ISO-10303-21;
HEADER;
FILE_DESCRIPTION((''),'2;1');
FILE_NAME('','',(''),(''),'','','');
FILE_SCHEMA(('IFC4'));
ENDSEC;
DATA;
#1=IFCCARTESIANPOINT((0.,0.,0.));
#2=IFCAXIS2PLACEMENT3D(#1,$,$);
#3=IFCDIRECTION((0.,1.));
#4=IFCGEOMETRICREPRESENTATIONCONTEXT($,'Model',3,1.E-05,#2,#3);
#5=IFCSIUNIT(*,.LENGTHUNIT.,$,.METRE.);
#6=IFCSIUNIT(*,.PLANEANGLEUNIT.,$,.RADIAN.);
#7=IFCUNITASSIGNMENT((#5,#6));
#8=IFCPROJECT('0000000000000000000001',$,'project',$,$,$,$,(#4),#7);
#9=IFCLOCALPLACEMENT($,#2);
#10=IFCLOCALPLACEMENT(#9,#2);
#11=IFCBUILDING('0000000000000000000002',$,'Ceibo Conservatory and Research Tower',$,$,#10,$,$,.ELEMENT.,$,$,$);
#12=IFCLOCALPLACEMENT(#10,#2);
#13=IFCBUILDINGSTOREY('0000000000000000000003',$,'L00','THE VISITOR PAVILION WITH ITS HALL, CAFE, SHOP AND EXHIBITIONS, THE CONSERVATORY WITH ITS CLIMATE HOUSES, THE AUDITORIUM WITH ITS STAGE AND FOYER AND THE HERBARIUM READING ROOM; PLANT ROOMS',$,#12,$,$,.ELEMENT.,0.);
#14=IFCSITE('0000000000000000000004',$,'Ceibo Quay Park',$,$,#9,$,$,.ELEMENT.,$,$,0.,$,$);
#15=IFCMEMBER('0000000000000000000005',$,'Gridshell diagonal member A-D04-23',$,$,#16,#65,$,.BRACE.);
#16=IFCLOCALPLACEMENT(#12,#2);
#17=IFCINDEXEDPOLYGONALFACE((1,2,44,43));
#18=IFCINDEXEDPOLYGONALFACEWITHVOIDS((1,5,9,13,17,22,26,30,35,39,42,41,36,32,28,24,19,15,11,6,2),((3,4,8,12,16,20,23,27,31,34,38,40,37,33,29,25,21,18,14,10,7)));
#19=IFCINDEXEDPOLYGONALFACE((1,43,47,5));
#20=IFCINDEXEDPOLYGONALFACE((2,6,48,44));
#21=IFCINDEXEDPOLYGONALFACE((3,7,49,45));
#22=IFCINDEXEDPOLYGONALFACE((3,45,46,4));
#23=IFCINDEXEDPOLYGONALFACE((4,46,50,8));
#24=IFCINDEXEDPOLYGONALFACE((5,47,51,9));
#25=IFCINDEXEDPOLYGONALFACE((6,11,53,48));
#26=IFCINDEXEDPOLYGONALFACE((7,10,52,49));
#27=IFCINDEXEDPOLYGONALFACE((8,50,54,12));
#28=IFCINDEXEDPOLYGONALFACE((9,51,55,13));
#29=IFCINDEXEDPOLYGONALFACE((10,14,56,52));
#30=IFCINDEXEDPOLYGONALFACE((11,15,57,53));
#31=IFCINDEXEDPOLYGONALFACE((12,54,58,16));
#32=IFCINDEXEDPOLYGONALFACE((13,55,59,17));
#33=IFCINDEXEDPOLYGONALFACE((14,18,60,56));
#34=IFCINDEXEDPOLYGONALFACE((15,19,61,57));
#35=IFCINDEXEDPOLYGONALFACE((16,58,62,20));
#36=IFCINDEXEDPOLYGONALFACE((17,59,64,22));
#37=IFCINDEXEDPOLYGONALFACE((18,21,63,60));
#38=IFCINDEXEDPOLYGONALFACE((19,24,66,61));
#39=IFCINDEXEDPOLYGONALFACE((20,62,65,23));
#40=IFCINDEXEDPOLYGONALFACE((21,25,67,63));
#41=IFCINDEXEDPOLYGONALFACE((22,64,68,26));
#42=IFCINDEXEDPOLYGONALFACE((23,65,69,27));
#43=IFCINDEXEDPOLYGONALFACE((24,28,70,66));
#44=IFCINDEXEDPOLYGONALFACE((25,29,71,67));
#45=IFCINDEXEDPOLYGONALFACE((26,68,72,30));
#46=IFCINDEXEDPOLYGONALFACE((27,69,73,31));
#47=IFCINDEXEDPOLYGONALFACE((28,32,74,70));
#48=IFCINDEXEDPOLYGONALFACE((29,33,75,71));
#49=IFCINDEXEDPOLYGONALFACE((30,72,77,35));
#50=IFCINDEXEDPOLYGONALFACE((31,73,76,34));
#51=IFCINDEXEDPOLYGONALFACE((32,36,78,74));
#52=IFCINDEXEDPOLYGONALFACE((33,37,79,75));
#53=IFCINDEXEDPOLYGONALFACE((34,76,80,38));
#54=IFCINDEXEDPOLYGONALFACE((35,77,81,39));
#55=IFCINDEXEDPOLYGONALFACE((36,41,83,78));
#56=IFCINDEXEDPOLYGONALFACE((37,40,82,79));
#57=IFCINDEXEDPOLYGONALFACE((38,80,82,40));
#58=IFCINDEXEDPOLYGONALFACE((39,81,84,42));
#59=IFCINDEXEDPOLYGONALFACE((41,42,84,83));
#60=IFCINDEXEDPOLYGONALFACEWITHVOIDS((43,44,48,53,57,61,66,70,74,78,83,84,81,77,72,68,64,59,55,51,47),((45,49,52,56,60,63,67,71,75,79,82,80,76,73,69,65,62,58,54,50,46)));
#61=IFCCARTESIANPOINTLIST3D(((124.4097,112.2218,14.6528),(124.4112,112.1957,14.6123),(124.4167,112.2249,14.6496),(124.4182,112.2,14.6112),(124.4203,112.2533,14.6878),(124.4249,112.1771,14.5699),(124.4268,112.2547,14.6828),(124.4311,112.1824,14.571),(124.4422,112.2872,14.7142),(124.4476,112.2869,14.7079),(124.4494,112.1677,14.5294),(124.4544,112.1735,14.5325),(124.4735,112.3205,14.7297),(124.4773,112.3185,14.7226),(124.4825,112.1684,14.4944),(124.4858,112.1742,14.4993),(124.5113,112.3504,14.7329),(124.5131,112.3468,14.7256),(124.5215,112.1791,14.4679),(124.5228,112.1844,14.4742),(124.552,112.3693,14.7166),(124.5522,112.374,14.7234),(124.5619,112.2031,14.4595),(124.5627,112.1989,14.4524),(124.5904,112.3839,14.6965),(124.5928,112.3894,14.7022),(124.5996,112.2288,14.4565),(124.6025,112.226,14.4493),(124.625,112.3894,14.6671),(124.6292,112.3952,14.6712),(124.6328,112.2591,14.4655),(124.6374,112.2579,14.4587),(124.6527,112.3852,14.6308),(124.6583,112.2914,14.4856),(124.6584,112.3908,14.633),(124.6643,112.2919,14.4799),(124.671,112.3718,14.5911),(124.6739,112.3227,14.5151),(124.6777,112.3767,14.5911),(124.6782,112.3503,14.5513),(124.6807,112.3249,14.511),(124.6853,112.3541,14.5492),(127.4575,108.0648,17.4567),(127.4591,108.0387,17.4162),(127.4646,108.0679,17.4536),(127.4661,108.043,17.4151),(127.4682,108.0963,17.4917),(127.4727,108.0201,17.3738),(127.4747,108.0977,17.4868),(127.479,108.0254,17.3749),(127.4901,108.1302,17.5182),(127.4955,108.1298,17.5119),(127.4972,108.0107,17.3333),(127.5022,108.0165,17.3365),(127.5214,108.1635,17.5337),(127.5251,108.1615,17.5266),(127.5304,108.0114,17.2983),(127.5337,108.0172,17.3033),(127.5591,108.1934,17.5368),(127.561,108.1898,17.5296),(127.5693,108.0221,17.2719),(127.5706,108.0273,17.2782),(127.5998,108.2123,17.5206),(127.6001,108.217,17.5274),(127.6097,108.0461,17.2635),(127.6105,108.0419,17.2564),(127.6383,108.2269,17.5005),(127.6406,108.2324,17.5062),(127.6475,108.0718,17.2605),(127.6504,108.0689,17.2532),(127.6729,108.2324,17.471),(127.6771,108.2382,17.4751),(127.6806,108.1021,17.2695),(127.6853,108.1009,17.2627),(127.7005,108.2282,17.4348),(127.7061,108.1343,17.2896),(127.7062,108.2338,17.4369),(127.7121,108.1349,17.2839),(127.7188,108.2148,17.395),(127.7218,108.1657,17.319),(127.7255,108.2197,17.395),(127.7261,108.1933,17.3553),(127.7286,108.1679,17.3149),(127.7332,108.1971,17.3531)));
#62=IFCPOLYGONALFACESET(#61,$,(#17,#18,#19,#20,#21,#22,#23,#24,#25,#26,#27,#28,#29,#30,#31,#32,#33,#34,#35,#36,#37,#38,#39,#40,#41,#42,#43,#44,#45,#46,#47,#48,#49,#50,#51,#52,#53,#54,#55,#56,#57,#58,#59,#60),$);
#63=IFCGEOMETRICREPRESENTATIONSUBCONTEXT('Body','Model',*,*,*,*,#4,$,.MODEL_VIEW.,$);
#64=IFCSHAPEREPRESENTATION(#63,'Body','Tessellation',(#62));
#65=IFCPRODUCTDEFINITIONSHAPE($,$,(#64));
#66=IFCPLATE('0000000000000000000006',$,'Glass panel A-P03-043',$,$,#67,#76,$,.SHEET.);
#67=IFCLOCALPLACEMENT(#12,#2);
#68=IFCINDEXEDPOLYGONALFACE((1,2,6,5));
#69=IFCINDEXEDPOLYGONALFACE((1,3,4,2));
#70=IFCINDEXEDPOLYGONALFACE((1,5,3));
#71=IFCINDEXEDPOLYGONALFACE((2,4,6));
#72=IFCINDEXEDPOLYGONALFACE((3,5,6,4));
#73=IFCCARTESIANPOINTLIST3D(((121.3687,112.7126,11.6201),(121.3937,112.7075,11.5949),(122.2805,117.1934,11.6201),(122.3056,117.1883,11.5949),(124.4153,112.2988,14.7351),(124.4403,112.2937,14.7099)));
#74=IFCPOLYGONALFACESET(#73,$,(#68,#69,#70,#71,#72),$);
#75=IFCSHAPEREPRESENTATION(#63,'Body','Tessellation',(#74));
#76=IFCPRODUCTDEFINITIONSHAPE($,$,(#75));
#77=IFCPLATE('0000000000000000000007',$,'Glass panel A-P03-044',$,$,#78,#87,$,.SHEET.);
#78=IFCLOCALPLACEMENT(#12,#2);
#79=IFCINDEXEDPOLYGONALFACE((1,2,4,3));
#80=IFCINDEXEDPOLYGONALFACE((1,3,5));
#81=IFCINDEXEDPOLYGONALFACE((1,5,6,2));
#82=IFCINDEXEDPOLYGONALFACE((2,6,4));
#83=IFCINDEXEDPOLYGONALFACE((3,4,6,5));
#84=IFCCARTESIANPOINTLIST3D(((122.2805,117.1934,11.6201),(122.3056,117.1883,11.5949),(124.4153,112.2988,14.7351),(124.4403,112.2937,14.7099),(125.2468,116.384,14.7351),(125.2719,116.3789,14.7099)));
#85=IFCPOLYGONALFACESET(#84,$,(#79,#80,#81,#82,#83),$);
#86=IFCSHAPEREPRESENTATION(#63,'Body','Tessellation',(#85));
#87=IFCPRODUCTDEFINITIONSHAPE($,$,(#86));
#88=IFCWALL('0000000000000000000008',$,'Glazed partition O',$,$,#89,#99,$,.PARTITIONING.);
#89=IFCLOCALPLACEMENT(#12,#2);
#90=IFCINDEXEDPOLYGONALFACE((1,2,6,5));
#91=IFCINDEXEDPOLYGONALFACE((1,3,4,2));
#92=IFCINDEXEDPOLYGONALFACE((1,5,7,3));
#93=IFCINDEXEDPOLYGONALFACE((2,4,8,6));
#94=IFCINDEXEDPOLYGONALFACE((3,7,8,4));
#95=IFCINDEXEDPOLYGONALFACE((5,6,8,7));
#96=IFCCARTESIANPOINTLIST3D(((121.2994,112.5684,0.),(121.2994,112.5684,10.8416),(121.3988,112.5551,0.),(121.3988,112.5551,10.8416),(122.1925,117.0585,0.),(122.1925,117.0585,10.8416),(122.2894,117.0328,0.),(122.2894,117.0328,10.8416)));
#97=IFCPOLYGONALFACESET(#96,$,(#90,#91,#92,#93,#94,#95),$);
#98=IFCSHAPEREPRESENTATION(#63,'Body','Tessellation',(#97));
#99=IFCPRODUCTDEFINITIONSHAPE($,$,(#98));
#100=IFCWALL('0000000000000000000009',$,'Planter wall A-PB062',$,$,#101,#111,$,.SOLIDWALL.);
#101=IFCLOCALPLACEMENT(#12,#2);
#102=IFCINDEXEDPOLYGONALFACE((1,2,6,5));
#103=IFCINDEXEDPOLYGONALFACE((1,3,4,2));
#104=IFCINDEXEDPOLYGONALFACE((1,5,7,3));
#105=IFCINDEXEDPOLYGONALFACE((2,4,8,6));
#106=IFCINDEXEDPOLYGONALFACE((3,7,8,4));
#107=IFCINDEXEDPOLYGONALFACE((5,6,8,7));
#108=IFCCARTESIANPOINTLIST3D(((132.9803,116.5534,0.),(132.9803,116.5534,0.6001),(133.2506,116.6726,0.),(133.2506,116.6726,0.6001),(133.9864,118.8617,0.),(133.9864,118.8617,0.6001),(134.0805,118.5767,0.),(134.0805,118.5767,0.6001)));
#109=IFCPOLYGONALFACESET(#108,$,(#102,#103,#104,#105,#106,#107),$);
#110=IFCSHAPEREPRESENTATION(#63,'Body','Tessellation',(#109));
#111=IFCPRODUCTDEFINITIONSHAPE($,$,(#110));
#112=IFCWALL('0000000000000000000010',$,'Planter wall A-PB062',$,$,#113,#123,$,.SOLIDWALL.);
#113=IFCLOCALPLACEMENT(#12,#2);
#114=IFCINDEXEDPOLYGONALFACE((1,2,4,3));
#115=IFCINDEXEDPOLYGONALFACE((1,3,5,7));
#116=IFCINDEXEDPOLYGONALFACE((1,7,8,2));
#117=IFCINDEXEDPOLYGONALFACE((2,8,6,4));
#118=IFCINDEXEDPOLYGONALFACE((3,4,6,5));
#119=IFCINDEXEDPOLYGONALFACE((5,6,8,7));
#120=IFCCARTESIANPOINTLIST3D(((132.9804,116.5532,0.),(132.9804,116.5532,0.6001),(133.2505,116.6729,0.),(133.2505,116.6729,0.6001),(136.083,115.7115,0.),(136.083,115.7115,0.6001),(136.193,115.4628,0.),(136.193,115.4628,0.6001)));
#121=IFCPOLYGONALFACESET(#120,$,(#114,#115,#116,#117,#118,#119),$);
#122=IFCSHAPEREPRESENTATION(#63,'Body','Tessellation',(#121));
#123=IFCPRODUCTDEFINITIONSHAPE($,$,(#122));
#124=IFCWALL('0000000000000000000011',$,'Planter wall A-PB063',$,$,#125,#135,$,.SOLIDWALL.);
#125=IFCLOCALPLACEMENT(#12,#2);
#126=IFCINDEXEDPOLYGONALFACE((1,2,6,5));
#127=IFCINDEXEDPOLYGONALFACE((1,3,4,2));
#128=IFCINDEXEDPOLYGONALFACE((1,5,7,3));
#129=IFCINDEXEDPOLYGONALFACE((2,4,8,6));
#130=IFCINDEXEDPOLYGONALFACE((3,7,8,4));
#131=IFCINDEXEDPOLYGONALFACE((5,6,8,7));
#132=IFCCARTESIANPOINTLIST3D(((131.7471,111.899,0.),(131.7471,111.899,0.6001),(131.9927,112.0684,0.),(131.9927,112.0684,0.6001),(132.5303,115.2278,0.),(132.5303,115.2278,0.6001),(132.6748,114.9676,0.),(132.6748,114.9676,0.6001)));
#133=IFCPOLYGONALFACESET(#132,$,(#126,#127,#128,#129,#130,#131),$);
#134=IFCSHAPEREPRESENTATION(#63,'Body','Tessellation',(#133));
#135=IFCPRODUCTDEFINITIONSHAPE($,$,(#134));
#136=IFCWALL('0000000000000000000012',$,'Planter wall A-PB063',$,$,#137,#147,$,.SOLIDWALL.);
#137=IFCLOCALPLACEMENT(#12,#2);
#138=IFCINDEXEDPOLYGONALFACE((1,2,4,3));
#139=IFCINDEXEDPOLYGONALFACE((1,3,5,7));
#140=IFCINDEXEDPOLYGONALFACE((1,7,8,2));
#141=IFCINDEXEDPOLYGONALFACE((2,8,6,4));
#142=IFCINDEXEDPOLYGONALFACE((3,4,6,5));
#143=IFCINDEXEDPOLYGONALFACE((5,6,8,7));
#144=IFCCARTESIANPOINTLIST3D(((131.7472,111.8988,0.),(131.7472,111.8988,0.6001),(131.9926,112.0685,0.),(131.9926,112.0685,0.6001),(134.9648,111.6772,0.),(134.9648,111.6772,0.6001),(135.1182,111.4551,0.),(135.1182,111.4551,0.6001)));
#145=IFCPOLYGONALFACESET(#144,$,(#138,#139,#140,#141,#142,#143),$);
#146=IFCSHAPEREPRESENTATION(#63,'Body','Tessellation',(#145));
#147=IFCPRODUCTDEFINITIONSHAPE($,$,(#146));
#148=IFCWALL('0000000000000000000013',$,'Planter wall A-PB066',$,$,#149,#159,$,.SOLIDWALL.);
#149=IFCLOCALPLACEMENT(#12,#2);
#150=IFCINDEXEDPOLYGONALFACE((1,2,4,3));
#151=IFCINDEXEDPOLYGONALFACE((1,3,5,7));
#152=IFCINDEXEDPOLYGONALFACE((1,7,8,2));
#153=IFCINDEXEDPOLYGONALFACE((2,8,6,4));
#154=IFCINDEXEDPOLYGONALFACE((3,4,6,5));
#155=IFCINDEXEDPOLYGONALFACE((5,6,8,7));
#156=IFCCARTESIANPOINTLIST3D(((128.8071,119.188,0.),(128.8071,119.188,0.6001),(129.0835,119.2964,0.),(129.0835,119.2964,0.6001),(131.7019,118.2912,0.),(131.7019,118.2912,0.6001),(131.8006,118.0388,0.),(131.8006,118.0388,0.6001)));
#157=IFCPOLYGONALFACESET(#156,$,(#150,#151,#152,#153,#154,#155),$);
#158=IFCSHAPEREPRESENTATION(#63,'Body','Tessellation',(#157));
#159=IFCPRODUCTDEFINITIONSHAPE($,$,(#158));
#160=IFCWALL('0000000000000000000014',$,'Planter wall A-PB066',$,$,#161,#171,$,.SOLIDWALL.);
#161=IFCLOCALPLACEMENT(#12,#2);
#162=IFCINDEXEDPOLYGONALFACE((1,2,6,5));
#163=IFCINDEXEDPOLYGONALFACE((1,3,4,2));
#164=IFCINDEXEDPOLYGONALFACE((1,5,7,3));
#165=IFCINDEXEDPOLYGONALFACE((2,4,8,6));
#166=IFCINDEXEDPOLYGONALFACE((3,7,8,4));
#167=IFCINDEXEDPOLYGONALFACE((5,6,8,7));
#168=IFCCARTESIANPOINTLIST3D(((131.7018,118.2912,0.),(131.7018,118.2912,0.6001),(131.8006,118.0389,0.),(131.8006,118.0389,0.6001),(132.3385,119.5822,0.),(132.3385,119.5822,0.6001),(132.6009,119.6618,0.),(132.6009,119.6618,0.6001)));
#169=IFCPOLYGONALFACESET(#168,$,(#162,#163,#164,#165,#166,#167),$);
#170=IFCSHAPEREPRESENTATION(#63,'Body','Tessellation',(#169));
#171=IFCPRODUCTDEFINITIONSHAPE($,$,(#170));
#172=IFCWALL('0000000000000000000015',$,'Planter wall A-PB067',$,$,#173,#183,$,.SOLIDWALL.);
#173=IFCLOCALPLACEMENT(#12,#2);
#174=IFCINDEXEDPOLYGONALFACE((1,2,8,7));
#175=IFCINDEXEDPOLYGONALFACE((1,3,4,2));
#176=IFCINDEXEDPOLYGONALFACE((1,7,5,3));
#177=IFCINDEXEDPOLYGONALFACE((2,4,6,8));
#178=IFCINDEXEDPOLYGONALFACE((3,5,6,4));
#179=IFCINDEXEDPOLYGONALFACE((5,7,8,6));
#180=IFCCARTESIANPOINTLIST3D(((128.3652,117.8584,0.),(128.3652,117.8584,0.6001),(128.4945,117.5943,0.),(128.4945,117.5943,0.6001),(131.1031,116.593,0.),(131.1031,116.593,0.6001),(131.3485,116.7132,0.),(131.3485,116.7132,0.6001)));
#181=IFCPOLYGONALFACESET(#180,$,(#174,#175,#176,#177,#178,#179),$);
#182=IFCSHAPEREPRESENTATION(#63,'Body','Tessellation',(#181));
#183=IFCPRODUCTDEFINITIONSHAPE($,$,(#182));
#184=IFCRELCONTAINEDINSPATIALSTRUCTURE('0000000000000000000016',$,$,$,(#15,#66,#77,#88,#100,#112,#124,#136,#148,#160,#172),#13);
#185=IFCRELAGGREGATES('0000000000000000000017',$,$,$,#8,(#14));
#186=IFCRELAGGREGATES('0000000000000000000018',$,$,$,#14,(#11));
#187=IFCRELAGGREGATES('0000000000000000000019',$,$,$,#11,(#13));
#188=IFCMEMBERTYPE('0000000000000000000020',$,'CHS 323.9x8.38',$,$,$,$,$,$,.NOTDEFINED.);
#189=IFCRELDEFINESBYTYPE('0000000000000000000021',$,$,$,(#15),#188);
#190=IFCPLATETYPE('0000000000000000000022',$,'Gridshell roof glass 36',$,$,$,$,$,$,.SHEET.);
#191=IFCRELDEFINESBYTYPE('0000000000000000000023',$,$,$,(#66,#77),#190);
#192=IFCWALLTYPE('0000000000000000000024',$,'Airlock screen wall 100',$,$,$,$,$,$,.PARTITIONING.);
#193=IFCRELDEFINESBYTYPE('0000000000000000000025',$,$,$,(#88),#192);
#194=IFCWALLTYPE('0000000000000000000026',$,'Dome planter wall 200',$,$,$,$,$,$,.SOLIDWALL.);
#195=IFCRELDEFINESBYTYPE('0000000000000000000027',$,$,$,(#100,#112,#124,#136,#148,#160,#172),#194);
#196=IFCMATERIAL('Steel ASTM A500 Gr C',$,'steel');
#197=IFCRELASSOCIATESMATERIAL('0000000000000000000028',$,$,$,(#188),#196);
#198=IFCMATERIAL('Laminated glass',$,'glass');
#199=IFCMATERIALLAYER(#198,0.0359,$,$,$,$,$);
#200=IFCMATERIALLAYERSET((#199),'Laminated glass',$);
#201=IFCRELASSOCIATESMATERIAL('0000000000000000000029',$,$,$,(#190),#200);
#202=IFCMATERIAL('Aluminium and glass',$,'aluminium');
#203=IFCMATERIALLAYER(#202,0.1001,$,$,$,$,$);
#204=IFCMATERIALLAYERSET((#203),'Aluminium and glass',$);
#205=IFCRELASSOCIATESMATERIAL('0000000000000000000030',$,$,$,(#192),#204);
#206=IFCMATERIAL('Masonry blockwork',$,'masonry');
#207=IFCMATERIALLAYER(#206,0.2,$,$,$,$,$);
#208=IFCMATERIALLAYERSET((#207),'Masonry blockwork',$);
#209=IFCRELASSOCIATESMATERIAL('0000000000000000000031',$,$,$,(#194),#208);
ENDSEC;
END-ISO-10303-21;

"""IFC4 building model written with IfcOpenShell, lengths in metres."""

from ifc_helpers import new_model, si_unit, direction, frame, origin, origin_2d, place, context, subcontext, project, spatial, polyline, hollow_circle, outline, extrude, material, layer, layer_set, material_profile, profile_set, type_object, element, save


model = new_model("IFC4")

# Units and contexts
model_context = context("Model", 3, precision=1e-05, world=origin(), true_north=direction((0.0, 1.0)))
body_context = subcontext(model_context, "Body", "Model", "MODEL_VIEW")
ifc_project = project(units=[si_unit("LENGTHUNIT", "METRE"), si_unit("PLANEANGLEUNIT", "RADIAN")], contexts=[model_context])

# Site, building, storey
site_placement = place(None, origin())
site = spatial("IfcSite", under=ifc_project, at=site_placement, Name="Ceibo Quay Park", CompositionType="ELEMENT", RefElevation=0.0)
building_placement = place(site_placement, origin())
building = spatial("IfcBuilding", under=site, at=building_placement, Name="Ceibo Conservatory and Research Tower", CompositionType="ELEMENT")
storey_placement = place(building_placement, origin())
storey = spatial("IfcBuildingStorey", under=building, at=storey_placement, Name="L00", Description="THE VISITOR PAVILION WITH ITS HALL, CAFE, SHOP AND EXHIBITIONS, THE CONSERVATORY WITH ITS CLIMATE HOUSES, THE AUDITORIUM WITH ITS STAGE AND FOYER AND THE HERBARIUM READING ROOM; PLANT ROOMS", CompositionType="ELEMENT", Elevation=0.0)

# Member
ifc_material_1 = material(Name="Steel ASTM A500 Gr C", Category="steel")
ifc_material_profile_1 = material_profile(ifc_material_1, hollow_circle(Radius=0.1619, WallThickness=0.0083, at=origin_2d()), Name="CHS 323.9x8.38")
ifc_profile_set_1 = profile_set([ifc_material_profile_1], Name="Steel ASTM A500 Gr C")
member_type_1 = type_object("IfcMemberType", Name="CHS 323.9x8.38", PredefinedType="NOTDEFINED", material=ifc_profile_set_1)
member_1_placement = place(storey_placement, frame((124.5471, 112.281, 14.5911), z_axis=(0.519412, -0.70843, 0.477848), x_axis=(0.806461, 0.591288, 0.0)))
element("IfcMember", 1, at=member_1_placement, inside=storey, type_object=member_type_1, Name="Gridshell diagonal member A-D04-23", PredefinedType="BRACE", context=body_context, shape_type="SweptSolid", body=[
    extrude(hollow_circle(Radius=0.1619, WallThickness=0.0083, at=origin_2d()), origin(), (0.0, 0.0, 1.0), 5.8679),
])

# Plates
ifc_material_2 = material(Name="Laminated glass", Category="glass")
ifc_layer_1 = layer(ifc_material_2, 0.0359)
ifc_layer_set_1 = layer_set([ifc_layer_1], Name="Laminated glass")
plate_type = type_object("IfcPlateType", Name="Gridshell roof glass 36", PredefinedType="SHEET", material=ifc_layer_set_1)
plate_1_placement = place(storey_placement, frame((122.2805, 117.1934, 11.6201), z_axis=(-0.698154, 0.142081, 0.701708), x_axis=(-0.199421, -0.979914, 0.0)))
element("IfcPlate", 2, at=plate_1_placement, inside=storey, type_object=plate_type, Name="Glass panel A-P03-043", PredefinedType="SHEET", context=body_context, shape_type="SweptSolid", body=[
    extrude(outline(polyline([(0.0, 0.0), (4.5726, 0.0), (4.3705, 4.3721), (0.0, 0.0)])), origin(), (0.0, 0.0, -1.0), 0.0359),
])
plate_2_placement = place(storey_placement, frame((122.2805, 117.1934, 11.6201), z_axis=(-0.698129, 0.142104, 0.701728), x_axis=(0.345321, -0.791742, 0.503883)))
element("IfcPlate", 3, at=plate_2_placement, inside=storey, type_object=plate_type, Name="Glass panel A-P03-044", PredefinedType="SHEET", context=body_context, shape_type="SweptSolid", body=[
    extrude(outline(polyline([(0.0, 0.0), (6.182, 0.0), (3.2347, 2.9485), (0.0, 0.0)])), origin(), (0.0, 0.0, -1.0), 0.0359),
])

# Wall
ifc_material_3 = material(Name="Aluminium and glass", Category="aluminium")
ifc_layer_2 = layer(ifc_material_3, 0.1001)
ifc_layer_set_2 = layer_set([ifc_layer_2], Name="Aluminium and glass")
wall_type_1 = type_object("IfcWallType", Name="Airlock screen wall 100", PredefinedType="PARTITIONING", material=ifc_layer_set_2)
wall_1_placement = place(storey_placement, frame((122.241, 117.0457, 0.0), z_axis=(0.0, 0.0, 1.0), x_axis=(-0.195079, -0.980788, 0.0)))
element("IfcWall", 4, at=wall_1_placement, inside=storey, type_object=wall_type_1, Name="Glazed partition O", PredefinedType="PARTITIONING", context=body_context, shape_type="SweptSolid", body=[
    extrude(outline(polyline([(-0.0032, -0.05), (4.575, -0.05), (4.5686, 0.05), (0.0032, 0.05), (-0.0032, -0.05)])), origin(), (0.0, 0.0, 1.0), 10.8416),
])

# Walls
ifc_material_4 = material(Name="Masonry blockwork", Category="masonry")
ifc_layer_3 = layer(ifc_material_4, 0.2)
ifc_layer_set_3 = layer_set([ifc_layer_3], Name="Masonry blockwork")
wall_type_2 = type_object("IfcWallType", Name="Dome planter wall 200", PredefinedType="SOLIDWALL", material=ifc_layer_set_3)
wall_2_placement = place(storey_placement, frame((134.0334, 118.7192, 0.0), z_axis=(0.0, 0.0, 1.0), x_axis=(-0.399542, -0.916715, 0.0)))
element("IfcWall", 5, at=wall_2_placement, inside=storey, type_object=wall_type_2, Name="Planter wall A-PB062", PredefinedType="SOLIDWALL", context=body_context, shape_type="SweptSolid", body=[
    extrude(outline(polyline([(-0.1118, -0.1001), (2.4062, -0.1001), (2.189, 0.1001), (0.1118, 0.1001), (-0.1118, -0.1001)])), origin(), (0.0, 0.0, 1.0), 0.6001),
])
wall_3_placement = place(storey_placement, frame((133.1155, 116.613, 0.0), z_axis=(0.0, 0.0, 1.0), x_axis=(0.94694, -0.321409, 0.0)))
element("IfcWall", 6, at=wall_3_placement, inside=storey, type_object=wall_type_2, Name="Planter wall A-PB062", PredefinedType="SOLIDWALL", context=body_context, shape_type="SweptSolid", body=[
    extrude(outline(polyline([(-0.1086, -0.1001), (3.2839, -0.1001), (3.0999, 0.1001), (0.1086, 0.1001), (-0.1086, -0.1001)])), origin(), (0.0, 0.0, 1.0), 0.6001),
])
wall_4_placement = place(storey_placement, frame((132.6025, 115.0977, 0.0), z_axis=(0.0, 0.0, 1.0), x_axis=(-0.229027, -0.97342, 0.0)))
element("IfcWall", 7, at=wall_4_placement, inside=storey, type_object=wall_type_2, Name="Planter wall A-PB063", PredefinedType="SOLIDWALL", context=body_context, shape_type="SweptSolid", body=[
    extrude(outline(polyline([(-0.1101, -0.1001), (3.3096, -0.1001), (3.0884, 0.1001), (0.1101, 0.1001), (-0.1101, -0.1001)])), origin(), (0.0, 0.0, 1.0), 0.6001),
])
wall_5_placement = place(storey_placement, frame((131.8699, 111.9836, 0.0), z_axis=(0.0, 0.0, 1.0), x_axis=(0.991448, -0.130504, 0.0)))
element("IfcWall", 8, at=wall_5_placement, inside=storey, type_object=wall_type_2, Name="Planter wall A-PB063", PredefinedType="SOLIDWALL", context=body_context, shape_type="SweptSolid", body=[
    extrude(outline(polyline([(-0.1106, -0.1001), (3.2896, -0.1001), (3.1084, 0.1001), (0.1106, 0.1001), (-0.1106, -0.1001)])), origin(), (0.0, 0.0, 1.0), 0.6001),
])
wall_6_placement = place(storey_placement, frame((128.9453, 119.2422, 0.0), z_axis=(0.0, 0.0, 1.0), x_axis=(0.933574, -0.358386, 0.0)))
element("IfcWall", 9, at=wall_6_placement, inside=storey, type_object=wall_type_2, Name="Planter wall A-PB066", PredefinedType="SOLIDWALL", context=body_context, shape_type="SweptSolid", body=[
    extrude(outline(polyline([(-0.1096, -0.1001), (3.0969, -0.1001), (2.9143, 0.1001), (0.1096, 0.1001), (-0.1096, -0.1001)])), origin(), (0.0, 0.0, 1.0), 0.6001),
])
wall_7_placement = place(storey_placement, frame((131.7512, 118.165, 0.0), z_axis=(0.0, 0.0, 1.0), x_axis=(0.442278, 0.896878, 0.0)))
element("IfcWall", 10, at=wall_7_placement, inside=storey, type_object=wall_type_2, Name="Planter wall A-PB066", PredefinedType="SOLIDWALL", context=body_context, shape_type="SweptSolid", body=[
    extrude(outline(polyline([(-0.0913, -0.1001), (1.7183, -0.1001), (1.5308, 0.1001), (0.0913, 0.1001), (-0.0913, -0.1001)])), origin(), (0.0, 0.0, 1.0), 0.6001),
])
wall_8_placement = place(storey_placement, frame((131.2258, 116.6531, 0.0), z_axis=(0.0, 0.0, 1.0), x_axis=(-0.933581, 0.358367, 0.0)))
element("IfcWall", 11, at=wall_8_placement, inside=storey, type_object=wall_type_2, Name="Planter wall A-PB067", PredefinedType="SOLIDWALL", context=body_context, shape_type="SweptSolid", body=[
    extrude(outline(polyline([(-0.093, -0.1001), (3.1025, -0.1001), (2.8872, 0.1001), (0.093, 0.1001), (-0.093, -0.1001)])), origin(), (0.0, 0.0, 1.0), 0.6001),
])

save(model, "model.ifc")
